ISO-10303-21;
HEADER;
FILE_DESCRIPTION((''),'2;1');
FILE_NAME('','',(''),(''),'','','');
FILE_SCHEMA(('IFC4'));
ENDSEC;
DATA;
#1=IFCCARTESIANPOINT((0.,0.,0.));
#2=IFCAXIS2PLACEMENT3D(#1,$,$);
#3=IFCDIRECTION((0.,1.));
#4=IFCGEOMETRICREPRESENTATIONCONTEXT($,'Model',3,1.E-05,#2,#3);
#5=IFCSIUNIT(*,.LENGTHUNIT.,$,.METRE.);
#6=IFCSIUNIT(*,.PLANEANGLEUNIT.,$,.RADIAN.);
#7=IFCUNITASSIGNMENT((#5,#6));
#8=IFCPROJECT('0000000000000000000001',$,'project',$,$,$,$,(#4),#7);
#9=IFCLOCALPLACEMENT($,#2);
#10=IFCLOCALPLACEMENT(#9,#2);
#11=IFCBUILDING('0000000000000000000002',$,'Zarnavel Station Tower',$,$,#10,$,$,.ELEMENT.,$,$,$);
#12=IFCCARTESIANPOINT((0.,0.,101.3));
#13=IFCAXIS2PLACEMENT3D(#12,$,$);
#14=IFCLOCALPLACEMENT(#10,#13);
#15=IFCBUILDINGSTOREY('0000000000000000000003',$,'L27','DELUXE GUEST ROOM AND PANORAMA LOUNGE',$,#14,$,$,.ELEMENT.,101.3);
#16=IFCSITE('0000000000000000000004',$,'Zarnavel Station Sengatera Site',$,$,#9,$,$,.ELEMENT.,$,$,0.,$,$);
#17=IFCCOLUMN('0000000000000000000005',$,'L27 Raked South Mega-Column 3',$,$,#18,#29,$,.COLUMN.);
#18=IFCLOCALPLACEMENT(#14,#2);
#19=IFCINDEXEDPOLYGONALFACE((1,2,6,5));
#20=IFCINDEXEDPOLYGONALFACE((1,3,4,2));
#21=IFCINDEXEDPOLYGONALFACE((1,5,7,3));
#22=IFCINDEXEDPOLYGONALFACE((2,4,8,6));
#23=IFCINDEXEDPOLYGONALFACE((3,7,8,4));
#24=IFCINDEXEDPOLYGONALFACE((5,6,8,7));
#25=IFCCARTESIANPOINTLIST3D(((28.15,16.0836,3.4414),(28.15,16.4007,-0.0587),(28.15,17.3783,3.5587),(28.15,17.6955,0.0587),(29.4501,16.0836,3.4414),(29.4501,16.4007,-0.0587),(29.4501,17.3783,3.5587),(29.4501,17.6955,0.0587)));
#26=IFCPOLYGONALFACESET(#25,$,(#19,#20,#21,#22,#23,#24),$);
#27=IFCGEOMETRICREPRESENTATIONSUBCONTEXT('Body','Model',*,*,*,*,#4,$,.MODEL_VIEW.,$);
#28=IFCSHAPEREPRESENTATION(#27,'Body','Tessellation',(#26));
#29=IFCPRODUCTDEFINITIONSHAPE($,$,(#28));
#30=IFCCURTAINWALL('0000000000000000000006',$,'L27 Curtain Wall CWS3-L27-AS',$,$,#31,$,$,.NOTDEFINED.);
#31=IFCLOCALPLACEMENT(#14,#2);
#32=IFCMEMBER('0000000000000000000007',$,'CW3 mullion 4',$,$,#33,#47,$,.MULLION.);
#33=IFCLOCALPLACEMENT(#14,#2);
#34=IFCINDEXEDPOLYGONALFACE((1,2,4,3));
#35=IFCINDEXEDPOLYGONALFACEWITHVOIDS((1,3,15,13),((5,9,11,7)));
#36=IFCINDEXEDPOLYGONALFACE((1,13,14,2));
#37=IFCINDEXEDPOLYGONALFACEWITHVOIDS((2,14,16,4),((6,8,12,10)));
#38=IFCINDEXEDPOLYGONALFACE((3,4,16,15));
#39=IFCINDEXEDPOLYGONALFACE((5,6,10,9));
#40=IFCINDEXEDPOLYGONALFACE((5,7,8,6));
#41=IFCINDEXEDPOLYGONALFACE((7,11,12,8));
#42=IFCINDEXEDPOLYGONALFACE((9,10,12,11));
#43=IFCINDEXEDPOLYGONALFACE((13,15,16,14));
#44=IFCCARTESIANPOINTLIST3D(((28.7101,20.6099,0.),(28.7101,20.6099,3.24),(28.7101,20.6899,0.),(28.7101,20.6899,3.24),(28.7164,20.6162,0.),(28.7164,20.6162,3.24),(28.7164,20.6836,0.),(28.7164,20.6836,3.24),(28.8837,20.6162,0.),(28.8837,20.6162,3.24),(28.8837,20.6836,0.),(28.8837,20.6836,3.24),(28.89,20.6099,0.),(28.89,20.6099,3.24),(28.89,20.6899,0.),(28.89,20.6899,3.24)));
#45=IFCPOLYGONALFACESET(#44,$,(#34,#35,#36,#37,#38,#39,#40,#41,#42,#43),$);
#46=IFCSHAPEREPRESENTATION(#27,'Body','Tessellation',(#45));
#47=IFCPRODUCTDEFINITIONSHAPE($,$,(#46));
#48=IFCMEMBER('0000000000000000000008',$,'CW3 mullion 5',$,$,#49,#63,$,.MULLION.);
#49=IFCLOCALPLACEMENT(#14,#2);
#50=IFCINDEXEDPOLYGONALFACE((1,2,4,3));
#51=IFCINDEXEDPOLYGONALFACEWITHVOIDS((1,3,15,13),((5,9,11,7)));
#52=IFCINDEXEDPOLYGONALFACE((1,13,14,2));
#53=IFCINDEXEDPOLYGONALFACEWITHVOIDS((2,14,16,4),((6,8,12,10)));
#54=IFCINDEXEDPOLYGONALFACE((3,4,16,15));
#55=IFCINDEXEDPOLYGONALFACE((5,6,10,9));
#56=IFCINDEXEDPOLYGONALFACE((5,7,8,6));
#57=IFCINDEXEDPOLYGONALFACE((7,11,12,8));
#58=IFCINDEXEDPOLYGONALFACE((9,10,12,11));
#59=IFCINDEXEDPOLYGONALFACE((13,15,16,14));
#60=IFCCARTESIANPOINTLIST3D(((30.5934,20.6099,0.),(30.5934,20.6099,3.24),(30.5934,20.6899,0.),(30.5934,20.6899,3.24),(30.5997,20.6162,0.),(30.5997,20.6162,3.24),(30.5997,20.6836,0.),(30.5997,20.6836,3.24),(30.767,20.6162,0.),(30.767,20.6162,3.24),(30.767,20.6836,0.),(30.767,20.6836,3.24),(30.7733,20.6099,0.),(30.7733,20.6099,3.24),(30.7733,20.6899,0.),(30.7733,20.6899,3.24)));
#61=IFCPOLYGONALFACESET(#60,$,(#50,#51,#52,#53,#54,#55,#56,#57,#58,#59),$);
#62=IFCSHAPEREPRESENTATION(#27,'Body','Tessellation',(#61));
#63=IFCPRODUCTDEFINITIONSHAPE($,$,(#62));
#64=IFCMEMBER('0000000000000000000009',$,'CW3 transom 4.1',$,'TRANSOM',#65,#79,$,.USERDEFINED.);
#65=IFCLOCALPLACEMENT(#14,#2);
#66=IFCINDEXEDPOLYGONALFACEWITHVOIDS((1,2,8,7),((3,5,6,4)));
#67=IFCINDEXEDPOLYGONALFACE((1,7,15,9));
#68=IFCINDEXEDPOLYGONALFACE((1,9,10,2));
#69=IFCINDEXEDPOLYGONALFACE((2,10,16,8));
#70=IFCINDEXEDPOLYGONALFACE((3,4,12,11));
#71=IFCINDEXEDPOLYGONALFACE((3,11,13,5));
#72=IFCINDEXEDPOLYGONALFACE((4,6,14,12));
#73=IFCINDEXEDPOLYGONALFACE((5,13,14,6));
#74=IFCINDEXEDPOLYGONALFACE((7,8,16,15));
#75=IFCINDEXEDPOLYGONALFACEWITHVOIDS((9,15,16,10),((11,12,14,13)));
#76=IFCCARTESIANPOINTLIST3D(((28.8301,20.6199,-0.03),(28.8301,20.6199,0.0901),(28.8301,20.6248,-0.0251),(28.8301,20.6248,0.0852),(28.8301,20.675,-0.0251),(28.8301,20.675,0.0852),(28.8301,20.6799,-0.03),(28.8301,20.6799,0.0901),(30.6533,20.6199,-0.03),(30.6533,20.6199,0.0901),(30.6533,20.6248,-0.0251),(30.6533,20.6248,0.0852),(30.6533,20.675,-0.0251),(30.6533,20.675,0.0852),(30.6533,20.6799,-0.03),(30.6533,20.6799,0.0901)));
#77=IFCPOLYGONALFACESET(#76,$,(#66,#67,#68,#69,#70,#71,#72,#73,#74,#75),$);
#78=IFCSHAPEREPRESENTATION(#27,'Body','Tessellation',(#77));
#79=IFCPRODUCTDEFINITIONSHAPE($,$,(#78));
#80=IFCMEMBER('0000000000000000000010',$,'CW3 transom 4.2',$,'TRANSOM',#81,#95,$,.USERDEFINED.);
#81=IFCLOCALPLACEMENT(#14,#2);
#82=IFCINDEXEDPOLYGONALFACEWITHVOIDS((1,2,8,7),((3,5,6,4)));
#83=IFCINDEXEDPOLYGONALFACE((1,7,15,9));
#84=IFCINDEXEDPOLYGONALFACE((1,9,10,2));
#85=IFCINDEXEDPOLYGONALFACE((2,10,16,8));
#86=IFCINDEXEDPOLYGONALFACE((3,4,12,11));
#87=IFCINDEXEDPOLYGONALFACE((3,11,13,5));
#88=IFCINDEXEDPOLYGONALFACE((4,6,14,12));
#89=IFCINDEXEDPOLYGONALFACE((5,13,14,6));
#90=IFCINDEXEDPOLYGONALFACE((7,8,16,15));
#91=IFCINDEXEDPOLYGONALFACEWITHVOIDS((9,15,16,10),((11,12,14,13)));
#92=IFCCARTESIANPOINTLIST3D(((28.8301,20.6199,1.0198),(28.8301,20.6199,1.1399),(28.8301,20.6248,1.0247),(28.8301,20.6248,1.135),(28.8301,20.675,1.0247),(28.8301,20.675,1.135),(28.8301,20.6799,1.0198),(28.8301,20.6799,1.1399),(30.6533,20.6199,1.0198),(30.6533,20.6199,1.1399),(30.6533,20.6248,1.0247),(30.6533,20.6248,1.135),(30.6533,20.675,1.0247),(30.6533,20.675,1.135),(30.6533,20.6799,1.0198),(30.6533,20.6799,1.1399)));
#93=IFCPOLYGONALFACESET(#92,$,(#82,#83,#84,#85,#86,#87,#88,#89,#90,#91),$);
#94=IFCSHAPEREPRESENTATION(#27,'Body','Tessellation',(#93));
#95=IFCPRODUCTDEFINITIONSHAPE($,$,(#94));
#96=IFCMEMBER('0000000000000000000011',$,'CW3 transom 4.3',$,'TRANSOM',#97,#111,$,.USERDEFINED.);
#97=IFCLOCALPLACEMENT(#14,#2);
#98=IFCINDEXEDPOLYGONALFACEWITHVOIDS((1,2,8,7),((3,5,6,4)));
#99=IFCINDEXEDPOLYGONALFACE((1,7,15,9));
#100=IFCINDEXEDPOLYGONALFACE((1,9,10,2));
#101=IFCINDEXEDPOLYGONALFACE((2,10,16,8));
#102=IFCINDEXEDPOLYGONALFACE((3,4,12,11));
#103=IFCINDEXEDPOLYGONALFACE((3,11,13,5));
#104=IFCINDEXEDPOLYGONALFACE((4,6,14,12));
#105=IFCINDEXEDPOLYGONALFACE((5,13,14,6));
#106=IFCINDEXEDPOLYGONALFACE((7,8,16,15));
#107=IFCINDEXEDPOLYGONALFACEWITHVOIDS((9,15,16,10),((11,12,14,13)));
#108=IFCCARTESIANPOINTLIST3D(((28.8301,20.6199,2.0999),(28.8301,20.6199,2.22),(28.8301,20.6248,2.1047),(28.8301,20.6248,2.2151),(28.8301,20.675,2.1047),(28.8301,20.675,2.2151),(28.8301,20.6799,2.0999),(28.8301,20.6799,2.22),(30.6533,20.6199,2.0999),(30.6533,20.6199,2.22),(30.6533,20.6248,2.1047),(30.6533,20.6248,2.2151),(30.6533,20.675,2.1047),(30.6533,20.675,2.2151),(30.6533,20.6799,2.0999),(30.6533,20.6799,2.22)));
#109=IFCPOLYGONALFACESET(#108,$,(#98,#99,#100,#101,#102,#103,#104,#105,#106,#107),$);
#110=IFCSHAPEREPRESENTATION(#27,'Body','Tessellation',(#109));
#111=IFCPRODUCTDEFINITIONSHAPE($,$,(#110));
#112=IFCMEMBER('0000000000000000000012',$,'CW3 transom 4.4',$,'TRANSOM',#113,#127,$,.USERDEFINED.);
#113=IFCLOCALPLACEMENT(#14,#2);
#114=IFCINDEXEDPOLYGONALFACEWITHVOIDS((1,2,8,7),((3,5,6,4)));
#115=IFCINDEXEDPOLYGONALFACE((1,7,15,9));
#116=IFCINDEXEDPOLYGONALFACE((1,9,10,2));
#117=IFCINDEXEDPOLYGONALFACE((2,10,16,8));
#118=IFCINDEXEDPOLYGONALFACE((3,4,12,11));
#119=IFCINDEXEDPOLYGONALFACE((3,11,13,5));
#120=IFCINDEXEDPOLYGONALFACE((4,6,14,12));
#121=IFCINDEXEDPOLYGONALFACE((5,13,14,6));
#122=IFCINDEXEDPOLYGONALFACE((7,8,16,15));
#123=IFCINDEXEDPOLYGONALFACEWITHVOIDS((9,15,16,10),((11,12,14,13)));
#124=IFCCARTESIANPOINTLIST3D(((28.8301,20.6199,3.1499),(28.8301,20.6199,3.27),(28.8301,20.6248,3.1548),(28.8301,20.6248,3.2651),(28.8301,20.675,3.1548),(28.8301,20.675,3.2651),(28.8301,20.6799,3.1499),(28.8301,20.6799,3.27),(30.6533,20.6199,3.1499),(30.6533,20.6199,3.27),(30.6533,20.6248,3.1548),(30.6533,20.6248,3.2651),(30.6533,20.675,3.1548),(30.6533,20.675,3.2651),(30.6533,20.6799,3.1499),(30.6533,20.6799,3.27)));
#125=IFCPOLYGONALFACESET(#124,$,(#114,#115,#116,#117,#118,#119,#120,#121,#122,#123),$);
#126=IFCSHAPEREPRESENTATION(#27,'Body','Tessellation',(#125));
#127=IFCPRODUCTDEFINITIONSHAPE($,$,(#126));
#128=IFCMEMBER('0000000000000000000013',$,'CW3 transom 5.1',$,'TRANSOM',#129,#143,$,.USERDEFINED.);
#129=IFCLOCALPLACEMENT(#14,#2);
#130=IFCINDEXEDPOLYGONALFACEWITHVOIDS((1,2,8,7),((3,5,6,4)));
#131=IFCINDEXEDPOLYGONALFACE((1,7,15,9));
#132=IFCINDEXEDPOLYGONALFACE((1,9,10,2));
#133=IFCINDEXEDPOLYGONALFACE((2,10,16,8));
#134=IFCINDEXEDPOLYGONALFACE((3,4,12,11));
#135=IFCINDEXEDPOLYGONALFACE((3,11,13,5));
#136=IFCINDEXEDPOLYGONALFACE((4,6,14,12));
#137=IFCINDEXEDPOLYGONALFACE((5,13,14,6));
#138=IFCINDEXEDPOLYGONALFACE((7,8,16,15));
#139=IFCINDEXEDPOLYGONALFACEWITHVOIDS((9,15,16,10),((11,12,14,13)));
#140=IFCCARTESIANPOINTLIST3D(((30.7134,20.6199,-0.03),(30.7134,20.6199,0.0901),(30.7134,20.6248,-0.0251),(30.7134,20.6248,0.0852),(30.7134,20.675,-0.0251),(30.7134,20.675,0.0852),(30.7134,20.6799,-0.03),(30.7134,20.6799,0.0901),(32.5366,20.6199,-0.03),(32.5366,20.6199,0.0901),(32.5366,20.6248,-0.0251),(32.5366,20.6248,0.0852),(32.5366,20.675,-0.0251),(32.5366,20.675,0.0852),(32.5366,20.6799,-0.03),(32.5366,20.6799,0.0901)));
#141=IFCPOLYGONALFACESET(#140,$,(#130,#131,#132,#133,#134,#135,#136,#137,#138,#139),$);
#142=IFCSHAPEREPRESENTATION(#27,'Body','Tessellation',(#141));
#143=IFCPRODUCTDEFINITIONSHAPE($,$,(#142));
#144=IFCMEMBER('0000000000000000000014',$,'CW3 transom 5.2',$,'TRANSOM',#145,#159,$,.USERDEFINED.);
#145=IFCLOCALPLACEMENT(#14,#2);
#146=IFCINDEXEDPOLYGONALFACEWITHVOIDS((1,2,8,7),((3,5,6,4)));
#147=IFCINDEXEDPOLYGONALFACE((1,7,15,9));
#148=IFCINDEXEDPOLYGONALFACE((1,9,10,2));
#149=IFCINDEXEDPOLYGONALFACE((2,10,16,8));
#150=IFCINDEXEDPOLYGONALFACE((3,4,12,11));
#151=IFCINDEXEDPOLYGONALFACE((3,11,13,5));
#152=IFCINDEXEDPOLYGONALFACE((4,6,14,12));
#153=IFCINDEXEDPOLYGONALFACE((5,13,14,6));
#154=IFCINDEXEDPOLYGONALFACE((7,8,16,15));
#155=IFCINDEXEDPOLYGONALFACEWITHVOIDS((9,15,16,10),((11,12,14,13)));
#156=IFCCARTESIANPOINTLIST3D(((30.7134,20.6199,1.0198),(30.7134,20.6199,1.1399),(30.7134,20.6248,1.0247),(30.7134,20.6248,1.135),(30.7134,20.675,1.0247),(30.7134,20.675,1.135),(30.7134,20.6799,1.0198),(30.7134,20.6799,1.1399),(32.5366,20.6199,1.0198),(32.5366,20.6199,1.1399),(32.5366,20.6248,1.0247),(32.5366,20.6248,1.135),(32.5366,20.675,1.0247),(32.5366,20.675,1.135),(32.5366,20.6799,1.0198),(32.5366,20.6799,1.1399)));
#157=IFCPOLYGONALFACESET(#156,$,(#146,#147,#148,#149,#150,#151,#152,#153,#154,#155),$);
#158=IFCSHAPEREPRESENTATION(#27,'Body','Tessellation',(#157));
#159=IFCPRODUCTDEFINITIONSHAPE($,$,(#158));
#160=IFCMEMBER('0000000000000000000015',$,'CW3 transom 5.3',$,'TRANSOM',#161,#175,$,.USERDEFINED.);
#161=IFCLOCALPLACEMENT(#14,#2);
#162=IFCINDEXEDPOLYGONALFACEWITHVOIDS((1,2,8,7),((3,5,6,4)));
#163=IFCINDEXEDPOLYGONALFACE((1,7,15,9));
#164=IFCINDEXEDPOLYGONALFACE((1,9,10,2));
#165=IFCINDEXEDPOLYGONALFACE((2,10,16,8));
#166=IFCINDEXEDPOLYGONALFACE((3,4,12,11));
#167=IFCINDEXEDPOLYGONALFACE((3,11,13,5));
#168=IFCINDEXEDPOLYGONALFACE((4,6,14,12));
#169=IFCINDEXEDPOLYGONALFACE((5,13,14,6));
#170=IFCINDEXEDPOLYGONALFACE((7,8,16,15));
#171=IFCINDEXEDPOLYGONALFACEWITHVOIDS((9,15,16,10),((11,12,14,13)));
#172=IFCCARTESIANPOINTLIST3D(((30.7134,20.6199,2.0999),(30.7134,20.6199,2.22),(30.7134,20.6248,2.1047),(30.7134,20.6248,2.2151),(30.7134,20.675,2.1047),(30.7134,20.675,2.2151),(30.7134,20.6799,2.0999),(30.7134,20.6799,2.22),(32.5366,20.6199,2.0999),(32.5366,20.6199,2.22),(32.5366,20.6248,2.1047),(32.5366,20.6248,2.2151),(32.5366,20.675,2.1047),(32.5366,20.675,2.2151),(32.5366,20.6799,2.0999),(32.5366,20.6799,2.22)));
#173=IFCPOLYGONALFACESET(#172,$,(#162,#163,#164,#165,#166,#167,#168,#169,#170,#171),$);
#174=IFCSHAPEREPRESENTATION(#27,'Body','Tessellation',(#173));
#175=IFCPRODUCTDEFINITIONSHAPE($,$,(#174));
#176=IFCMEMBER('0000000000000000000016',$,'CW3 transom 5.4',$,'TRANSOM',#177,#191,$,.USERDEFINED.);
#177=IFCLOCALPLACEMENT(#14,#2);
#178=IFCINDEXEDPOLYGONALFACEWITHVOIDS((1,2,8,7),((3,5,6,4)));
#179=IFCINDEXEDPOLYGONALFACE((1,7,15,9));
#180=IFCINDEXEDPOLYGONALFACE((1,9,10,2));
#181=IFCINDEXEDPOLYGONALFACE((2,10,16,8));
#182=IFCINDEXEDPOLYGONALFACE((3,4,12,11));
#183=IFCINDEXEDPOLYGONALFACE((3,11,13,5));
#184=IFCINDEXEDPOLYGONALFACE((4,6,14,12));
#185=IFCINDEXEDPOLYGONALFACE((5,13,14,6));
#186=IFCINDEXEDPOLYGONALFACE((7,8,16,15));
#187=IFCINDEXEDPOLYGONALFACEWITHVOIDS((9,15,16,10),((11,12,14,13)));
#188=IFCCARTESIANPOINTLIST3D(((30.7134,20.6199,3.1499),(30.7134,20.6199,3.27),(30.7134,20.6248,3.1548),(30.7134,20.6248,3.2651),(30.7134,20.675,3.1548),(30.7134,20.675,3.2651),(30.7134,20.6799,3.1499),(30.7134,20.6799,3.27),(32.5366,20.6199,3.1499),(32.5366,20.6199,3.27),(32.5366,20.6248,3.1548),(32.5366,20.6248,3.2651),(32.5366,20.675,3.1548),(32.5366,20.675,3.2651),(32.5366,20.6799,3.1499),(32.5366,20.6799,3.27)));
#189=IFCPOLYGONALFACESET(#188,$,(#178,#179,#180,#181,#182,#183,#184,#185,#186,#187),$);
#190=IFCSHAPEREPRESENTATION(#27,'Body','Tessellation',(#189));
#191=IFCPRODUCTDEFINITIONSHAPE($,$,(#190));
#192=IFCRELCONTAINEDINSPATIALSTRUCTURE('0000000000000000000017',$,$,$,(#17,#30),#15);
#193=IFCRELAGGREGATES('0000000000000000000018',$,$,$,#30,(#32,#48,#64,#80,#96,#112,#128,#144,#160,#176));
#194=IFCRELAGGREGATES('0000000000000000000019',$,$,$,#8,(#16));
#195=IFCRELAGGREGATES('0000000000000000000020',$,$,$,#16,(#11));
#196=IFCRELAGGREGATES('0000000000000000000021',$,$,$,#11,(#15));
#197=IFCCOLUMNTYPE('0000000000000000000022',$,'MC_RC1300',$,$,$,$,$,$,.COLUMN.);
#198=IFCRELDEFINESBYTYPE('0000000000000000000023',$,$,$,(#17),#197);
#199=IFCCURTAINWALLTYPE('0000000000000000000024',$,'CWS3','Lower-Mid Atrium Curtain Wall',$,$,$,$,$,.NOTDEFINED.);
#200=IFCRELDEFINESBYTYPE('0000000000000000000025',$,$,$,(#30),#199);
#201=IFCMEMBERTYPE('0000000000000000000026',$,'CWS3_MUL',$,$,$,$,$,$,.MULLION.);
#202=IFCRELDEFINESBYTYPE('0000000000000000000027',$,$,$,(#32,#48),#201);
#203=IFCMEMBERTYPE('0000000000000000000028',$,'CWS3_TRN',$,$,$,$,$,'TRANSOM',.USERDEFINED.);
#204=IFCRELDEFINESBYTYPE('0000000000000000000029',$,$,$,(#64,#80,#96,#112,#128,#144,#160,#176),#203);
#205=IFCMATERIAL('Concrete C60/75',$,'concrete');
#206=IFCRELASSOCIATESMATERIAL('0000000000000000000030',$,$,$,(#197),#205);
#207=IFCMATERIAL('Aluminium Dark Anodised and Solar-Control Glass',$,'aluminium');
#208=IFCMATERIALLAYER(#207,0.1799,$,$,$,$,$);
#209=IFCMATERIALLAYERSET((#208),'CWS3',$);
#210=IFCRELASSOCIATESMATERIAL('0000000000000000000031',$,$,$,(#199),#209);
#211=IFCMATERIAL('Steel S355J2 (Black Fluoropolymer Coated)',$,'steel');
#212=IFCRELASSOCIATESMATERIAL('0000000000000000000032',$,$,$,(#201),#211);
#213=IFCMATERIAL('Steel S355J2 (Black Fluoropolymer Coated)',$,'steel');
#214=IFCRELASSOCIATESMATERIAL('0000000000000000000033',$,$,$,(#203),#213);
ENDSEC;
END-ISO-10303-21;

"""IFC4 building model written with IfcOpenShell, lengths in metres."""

from ifc_helpers import new_model, si_unit, direction, frame, origin, origin_2d, place, context, subcontext, project, spatial, rectangle, hollow_rectangle, extrude, material, layer, layer_set, material_profile, profile_set, type_object, element, aggregate, save


model = new_model("IFC4")

# Units and contexts
model_context = context("Model", 3, precision=1e-05, world=origin(), true_north=direction((0.0, 1.0)))
body_context = subcontext(model_context, "Body", "Model", "MODEL_VIEW")
ifc_project = project(units=[si_unit("LENGTHUNIT", "METRE"), si_unit("PLANEANGLEUNIT", "RADIAN")], contexts=[model_context])

# Site, building, storey
site_placement = place(None, origin())
site = spatial("IfcSite", under=ifc_project, at=site_placement, Name="Zarnavel Station Sengatera Site", CompositionType="ELEMENT", RefElevation=0.0)
building_placement = place(site_placement, origin())
building = spatial("IfcBuilding", under=site, at=building_placement, Name="Zarnavel Station Tower", CompositionType="ELEMENT")
storey_placement = place(building_placement, frame((0.0, 0.0, 101.3)))
storey = spatial("IfcBuildingStorey", under=building, at=storey_placement, Name="L27", Description="DELUXE GUEST ROOM AND PANORAMA LOUNGE", CompositionType="ELEMENT", Elevation=101.3)

# Column
ifc_material_1 = material(Name="Concrete C60/75", Category="concrete")
ifc_material_profile_1 = material_profile(ifc_material_1, rectangle(XDim=1.3, YDim=1.3, at=origin_2d()), Name="RC1300x1300")
ifc_profile_set_1 = profile_set([ifc_material_profile_1], Name="Concrete C60/75")
column_type = type_object("IfcColumnType", Name="MC_RC1300", PredefinedType="COLUMN", material=ifc_profile_set_1)
column_placement = place(storey_placement, frame((28.8, 17.0481, 0.0), z_axis=(0.0, -0.090241, 0.99592), x_axis=(1.0, 0.0, 0.0)))
element("IfcColumn", 1, at=column_placement, inside=storey, type_object=column_type, Name="L27 Raked South Mega-Column 3", PredefinedType="COLUMN", context=body_context, shape_type="SweptSolid", body=[
    extrude(rectangle(XDim=1.3, YDim=1.3, at=origin_2d()), origin(), (0.0, 0.0, 1.0), 3.5144),
])

# Curtain wall, members
ifc_material_2 = material(Name="Aluminium Dark Anodised and Solar-Control Glass", Category="aluminium")
ifc_layer_1 = layer(ifc_material_2, 0.1799)
ifc_layer_set_1 = layer_set([ifc_layer_1], Name="CWS3")
curtain_wall_type = type_object("IfcCurtainWallType", Name="CWS3", Description="Lower-Mid Atrium Curtain Wall", PredefinedType="NOTDEFINED", material=ifc_layer_set_1)
curtain_wall_placement = place(storey_placement, origin())
curtain_wall = element("IfcCurtainWall", 2, at=curtain_wall_placement, inside=storey, type_object=curtain_wall_type, Name="L27 Curtain Wall CWS3-L27-AS", PredefinedType="NOTDEFINED")
ifc_material_3 = material(Name="Steel S355J2 (Black Fluoropolymer Coated)", Category="steel")
ifc_material_profile_2 = material_profile(ifc_material_3, hollow_rectangle(XDim=0.0801, YDim=0.1799, WallThickness=0.0063, at=origin_2d()), Name="RHS180x80x6.3")
ifc_profile_set_2 = profile_set([ifc_material_profile_2], Name="Steel S355J2 (Black Fluoropolymer Coated)")
member_type_1 = type_object("IfcMemberType", Name="CWS3_MUL", PredefinedType="MULLION", material=ifc_profile_set_2)
member_1_placement = place(storey_placement, frame((28.8, 20.6499, 0.0), z_axis=(0.0, 0.0, 1.0), x_axis=(0.0, 1.0, 0.0)))
member_1 = element("IfcMember", 3, at=member_1_placement, type_object=member_type_1, Name="CW3 mullion 4", PredefinedType="MULLION", context=body_context, shape_type="SweptSolid", body=[
    extrude(hollow_rectangle(XDim=0.0801, YDim=0.1799, WallThickness=0.0063, at=origin_2d()), origin(), (0.0, 0.0, 1.0), 3.24),
])
member_2_placement = place(storey_placement, frame((30.6833, 20.6499, 0.0), z_axis=(0.0, 0.0, 1.0), x_axis=(0.0, 1.0, 0.0)))
member_2 = element("IfcMember", 4, at=member_2_placement, type_object=member_type_1, Name="CW3 mullion 5", PredefinedType="MULLION", context=body_context, shape_type="SweptSolid", body=[
    extrude(hollow_rectangle(XDim=0.0801, YDim=0.1799, WallThickness=0.0063, at=origin_2d()), origin(), (0.0, 0.0, 1.0), 3.24),
])
ifc_material_4 = material(Name="Steel S355J2 (Black Fluoropolymer Coated)", Category="steel")
ifc_material_profile_3 = material_profile(ifc_material_4, hollow_rectangle(XDim=0.0601, YDim=0.1201, WallThickness=0.0049, at=origin_2d()), Name="RHS120x60x5")
ifc_profile_set_3 = profile_set([ifc_material_profile_3], Name="Steel S355J2 (Black Fluoropolymer Coated)")
member_type_2 = type_object("IfcMemberType", Name="CWS3_TRN", ElementType="TRANSOM", PredefinedType="USERDEFINED", material=ifc_profile_set_3)
member_3_placement = place(storey_placement, frame((28.8301, 20.6499, 0.03), z_axis=(1.0, 0.0, 0.0), x_axis=(0.0, 1.0, 0.0)))
member_3 = element("IfcMember", 5, at=member_3_placement, type_object=member_type_2, Name="CW3 transom 4.1", ObjectType="TRANSOM", PredefinedType="USERDEFINED", context=body_context, shape_type="SweptSolid", body=[
    extrude(hollow_rectangle(XDim=0.0601, YDim=0.1201, WallThickness=0.0049, at=origin_2d()), origin(), (0.0, 0.0, 1.0), 1.8232),
])
member_4_placement = place(storey_placement, frame((28.8301, 20.6499, 1.0798), z_axis=(1.0, 0.0, 0.0), x_axis=(0.0, 1.0, 0.0)))
member_4 = element("IfcMember", 6, at=member_4_placement, type_object=member_type_2, Name="CW3 transom 4.2", ObjectType="TRANSOM", PredefinedType="USERDEFINED", context=body_context, shape_type="SweptSolid", body=[
    extrude(hollow_rectangle(XDim=0.0601, YDim=0.1201, WallThickness=0.0049, at=origin_2d()), origin(), (0.0, 0.0, 1.0), 1.8232),
])
member_5_placement = place(storey_placement, frame((28.8301, 20.6499, 2.1599), z_axis=(1.0, 0.0, 0.0), x_axis=(0.0, 1.0, 0.0)))
member_5 = element("IfcMember", 7, at=member_5_placement, type_object=member_type_2, Name="CW3 transom 4.3", ObjectType="TRANSOM", PredefinedType="USERDEFINED", context=body_context, shape_type="SweptSolid", body=[
    extrude(hollow_rectangle(XDim=0.0601, YDim=0.1201, WallThickness=0.0049, at=origin_2d()), origin(), (0.0, 0.0, 1.0), 1.8232),
])
member_6_placement = place(storey_placement, frame((28.8301, 20.6499, 3.21), z_axis=(1.0, 0.0, 0.0), x_axis=(0.0, 1.0, 0.0)))
member_6 = element("IfcMember", 8, at=member_6_placement, type_object=member_type_2, Name="CW3 transom 4.4", ObjectType="TRANSOM", PredefinedType="USERDEFINED", context=body_context, shape_type="SweptSolid", body=[
    extrude(hollow_rectangle(XDim=0.0601, YDim=0.1201, WallThickness=0.0049, at=origin_2d()), origin(), (0.0, 0.0, 1.0), 1.8232),
])
member_7_placement = place(storey_placement, frame((30.7134, 20.6499, 0.03), z_axis=(1.0, 0.0, 0.0), x_axis=(0.0, 1.0, 0.0)))
member_7 = element("IfcMember", 9, at=member_7_placement, type_object=member_type_2, Name="CW3 transom 5.1", ObjectType="TRANSOM", PredefinedType="USERDEFINED", context=body_context, shape_type="SweptSolid", body=[
    extrude(hollow_rectangle(XDim=0.0601, YDim=0.1201, WallThickness=0.0049, at=origin_2d()), origin(), (0.0, 0.0, 1.0), 1.8232),
])
member_8_placement = place(storey_placement, frame((30.7134, 20.6499, 1.0798), z_axis=(1.0, 0.0, 0.0), x_axis=(0.0, 1.0, 0.0)))
member_8 = element("IfcMember", 10, at=member_8_placement, type_object=member_type_2, Name="CW3 transom 5.2", ObjectType="TRANSOM", PredefinedType="USERDEFINED", context=body_context, shape_type="SweptSolid", body=[
    extrude(hollow_rectangle(XDim=0.0601, YDim=0.1201, WallThickness=0.0049, at=origin_2d()), origin(), (0.0, 0.0, 1.0), 1.8232),
])
member_9_placement = place(storey_placement, frame((30.7134, 20.6499, 2.1599), z_axis=(1.0, 0.0, 0.0), x_axis=(0.0, 1.0, 0.0)))
member_9 = element("IfcMember", 11, at=member_9_placement, type_object=member_type_2, Name="CW3 transom 5.3", ObjectType="TRANSOM", PredefinedType="USERDEFINED", context=body_context, shape_type="SweptSolid", body=[
    extrude(hollow_rectangle(XDim=0.0601, YDim=0.1201, WallThickness=0.0049, at=origin_2d()), origin(), (0.0, 0.0, 1.0), 1.8232),
])
member_10_placement = place(storey_placement, frame((30.7134, 20.6499, 3.21), z_axis=(1.0, 0.0, 0.0), x_axis=(0.0, 1.0, 0.0)))
member_10 = element("IfcMember", 12, at=member_10_placement, type_object=member_type_2, Name="CW3 transom 5.4", ObjectType="TRANSOM", PredefinedType="USERDEFINED", context=body_context, shape_type="SweptSolid", body=[
    extrude(hollow_rectangle(XDim=0.0601, YDim=0.1201, WallThickness=0.0049, at=origin_2d()), origin(), (0.0, 0.0, 1.0), 1.8232),
])

aggregate(curtain_wall, [member_1, member_2, member_3, member_4, member_5, member_6, member_7, member_8, member_9, member_10])

save(model, "model.ifc")
